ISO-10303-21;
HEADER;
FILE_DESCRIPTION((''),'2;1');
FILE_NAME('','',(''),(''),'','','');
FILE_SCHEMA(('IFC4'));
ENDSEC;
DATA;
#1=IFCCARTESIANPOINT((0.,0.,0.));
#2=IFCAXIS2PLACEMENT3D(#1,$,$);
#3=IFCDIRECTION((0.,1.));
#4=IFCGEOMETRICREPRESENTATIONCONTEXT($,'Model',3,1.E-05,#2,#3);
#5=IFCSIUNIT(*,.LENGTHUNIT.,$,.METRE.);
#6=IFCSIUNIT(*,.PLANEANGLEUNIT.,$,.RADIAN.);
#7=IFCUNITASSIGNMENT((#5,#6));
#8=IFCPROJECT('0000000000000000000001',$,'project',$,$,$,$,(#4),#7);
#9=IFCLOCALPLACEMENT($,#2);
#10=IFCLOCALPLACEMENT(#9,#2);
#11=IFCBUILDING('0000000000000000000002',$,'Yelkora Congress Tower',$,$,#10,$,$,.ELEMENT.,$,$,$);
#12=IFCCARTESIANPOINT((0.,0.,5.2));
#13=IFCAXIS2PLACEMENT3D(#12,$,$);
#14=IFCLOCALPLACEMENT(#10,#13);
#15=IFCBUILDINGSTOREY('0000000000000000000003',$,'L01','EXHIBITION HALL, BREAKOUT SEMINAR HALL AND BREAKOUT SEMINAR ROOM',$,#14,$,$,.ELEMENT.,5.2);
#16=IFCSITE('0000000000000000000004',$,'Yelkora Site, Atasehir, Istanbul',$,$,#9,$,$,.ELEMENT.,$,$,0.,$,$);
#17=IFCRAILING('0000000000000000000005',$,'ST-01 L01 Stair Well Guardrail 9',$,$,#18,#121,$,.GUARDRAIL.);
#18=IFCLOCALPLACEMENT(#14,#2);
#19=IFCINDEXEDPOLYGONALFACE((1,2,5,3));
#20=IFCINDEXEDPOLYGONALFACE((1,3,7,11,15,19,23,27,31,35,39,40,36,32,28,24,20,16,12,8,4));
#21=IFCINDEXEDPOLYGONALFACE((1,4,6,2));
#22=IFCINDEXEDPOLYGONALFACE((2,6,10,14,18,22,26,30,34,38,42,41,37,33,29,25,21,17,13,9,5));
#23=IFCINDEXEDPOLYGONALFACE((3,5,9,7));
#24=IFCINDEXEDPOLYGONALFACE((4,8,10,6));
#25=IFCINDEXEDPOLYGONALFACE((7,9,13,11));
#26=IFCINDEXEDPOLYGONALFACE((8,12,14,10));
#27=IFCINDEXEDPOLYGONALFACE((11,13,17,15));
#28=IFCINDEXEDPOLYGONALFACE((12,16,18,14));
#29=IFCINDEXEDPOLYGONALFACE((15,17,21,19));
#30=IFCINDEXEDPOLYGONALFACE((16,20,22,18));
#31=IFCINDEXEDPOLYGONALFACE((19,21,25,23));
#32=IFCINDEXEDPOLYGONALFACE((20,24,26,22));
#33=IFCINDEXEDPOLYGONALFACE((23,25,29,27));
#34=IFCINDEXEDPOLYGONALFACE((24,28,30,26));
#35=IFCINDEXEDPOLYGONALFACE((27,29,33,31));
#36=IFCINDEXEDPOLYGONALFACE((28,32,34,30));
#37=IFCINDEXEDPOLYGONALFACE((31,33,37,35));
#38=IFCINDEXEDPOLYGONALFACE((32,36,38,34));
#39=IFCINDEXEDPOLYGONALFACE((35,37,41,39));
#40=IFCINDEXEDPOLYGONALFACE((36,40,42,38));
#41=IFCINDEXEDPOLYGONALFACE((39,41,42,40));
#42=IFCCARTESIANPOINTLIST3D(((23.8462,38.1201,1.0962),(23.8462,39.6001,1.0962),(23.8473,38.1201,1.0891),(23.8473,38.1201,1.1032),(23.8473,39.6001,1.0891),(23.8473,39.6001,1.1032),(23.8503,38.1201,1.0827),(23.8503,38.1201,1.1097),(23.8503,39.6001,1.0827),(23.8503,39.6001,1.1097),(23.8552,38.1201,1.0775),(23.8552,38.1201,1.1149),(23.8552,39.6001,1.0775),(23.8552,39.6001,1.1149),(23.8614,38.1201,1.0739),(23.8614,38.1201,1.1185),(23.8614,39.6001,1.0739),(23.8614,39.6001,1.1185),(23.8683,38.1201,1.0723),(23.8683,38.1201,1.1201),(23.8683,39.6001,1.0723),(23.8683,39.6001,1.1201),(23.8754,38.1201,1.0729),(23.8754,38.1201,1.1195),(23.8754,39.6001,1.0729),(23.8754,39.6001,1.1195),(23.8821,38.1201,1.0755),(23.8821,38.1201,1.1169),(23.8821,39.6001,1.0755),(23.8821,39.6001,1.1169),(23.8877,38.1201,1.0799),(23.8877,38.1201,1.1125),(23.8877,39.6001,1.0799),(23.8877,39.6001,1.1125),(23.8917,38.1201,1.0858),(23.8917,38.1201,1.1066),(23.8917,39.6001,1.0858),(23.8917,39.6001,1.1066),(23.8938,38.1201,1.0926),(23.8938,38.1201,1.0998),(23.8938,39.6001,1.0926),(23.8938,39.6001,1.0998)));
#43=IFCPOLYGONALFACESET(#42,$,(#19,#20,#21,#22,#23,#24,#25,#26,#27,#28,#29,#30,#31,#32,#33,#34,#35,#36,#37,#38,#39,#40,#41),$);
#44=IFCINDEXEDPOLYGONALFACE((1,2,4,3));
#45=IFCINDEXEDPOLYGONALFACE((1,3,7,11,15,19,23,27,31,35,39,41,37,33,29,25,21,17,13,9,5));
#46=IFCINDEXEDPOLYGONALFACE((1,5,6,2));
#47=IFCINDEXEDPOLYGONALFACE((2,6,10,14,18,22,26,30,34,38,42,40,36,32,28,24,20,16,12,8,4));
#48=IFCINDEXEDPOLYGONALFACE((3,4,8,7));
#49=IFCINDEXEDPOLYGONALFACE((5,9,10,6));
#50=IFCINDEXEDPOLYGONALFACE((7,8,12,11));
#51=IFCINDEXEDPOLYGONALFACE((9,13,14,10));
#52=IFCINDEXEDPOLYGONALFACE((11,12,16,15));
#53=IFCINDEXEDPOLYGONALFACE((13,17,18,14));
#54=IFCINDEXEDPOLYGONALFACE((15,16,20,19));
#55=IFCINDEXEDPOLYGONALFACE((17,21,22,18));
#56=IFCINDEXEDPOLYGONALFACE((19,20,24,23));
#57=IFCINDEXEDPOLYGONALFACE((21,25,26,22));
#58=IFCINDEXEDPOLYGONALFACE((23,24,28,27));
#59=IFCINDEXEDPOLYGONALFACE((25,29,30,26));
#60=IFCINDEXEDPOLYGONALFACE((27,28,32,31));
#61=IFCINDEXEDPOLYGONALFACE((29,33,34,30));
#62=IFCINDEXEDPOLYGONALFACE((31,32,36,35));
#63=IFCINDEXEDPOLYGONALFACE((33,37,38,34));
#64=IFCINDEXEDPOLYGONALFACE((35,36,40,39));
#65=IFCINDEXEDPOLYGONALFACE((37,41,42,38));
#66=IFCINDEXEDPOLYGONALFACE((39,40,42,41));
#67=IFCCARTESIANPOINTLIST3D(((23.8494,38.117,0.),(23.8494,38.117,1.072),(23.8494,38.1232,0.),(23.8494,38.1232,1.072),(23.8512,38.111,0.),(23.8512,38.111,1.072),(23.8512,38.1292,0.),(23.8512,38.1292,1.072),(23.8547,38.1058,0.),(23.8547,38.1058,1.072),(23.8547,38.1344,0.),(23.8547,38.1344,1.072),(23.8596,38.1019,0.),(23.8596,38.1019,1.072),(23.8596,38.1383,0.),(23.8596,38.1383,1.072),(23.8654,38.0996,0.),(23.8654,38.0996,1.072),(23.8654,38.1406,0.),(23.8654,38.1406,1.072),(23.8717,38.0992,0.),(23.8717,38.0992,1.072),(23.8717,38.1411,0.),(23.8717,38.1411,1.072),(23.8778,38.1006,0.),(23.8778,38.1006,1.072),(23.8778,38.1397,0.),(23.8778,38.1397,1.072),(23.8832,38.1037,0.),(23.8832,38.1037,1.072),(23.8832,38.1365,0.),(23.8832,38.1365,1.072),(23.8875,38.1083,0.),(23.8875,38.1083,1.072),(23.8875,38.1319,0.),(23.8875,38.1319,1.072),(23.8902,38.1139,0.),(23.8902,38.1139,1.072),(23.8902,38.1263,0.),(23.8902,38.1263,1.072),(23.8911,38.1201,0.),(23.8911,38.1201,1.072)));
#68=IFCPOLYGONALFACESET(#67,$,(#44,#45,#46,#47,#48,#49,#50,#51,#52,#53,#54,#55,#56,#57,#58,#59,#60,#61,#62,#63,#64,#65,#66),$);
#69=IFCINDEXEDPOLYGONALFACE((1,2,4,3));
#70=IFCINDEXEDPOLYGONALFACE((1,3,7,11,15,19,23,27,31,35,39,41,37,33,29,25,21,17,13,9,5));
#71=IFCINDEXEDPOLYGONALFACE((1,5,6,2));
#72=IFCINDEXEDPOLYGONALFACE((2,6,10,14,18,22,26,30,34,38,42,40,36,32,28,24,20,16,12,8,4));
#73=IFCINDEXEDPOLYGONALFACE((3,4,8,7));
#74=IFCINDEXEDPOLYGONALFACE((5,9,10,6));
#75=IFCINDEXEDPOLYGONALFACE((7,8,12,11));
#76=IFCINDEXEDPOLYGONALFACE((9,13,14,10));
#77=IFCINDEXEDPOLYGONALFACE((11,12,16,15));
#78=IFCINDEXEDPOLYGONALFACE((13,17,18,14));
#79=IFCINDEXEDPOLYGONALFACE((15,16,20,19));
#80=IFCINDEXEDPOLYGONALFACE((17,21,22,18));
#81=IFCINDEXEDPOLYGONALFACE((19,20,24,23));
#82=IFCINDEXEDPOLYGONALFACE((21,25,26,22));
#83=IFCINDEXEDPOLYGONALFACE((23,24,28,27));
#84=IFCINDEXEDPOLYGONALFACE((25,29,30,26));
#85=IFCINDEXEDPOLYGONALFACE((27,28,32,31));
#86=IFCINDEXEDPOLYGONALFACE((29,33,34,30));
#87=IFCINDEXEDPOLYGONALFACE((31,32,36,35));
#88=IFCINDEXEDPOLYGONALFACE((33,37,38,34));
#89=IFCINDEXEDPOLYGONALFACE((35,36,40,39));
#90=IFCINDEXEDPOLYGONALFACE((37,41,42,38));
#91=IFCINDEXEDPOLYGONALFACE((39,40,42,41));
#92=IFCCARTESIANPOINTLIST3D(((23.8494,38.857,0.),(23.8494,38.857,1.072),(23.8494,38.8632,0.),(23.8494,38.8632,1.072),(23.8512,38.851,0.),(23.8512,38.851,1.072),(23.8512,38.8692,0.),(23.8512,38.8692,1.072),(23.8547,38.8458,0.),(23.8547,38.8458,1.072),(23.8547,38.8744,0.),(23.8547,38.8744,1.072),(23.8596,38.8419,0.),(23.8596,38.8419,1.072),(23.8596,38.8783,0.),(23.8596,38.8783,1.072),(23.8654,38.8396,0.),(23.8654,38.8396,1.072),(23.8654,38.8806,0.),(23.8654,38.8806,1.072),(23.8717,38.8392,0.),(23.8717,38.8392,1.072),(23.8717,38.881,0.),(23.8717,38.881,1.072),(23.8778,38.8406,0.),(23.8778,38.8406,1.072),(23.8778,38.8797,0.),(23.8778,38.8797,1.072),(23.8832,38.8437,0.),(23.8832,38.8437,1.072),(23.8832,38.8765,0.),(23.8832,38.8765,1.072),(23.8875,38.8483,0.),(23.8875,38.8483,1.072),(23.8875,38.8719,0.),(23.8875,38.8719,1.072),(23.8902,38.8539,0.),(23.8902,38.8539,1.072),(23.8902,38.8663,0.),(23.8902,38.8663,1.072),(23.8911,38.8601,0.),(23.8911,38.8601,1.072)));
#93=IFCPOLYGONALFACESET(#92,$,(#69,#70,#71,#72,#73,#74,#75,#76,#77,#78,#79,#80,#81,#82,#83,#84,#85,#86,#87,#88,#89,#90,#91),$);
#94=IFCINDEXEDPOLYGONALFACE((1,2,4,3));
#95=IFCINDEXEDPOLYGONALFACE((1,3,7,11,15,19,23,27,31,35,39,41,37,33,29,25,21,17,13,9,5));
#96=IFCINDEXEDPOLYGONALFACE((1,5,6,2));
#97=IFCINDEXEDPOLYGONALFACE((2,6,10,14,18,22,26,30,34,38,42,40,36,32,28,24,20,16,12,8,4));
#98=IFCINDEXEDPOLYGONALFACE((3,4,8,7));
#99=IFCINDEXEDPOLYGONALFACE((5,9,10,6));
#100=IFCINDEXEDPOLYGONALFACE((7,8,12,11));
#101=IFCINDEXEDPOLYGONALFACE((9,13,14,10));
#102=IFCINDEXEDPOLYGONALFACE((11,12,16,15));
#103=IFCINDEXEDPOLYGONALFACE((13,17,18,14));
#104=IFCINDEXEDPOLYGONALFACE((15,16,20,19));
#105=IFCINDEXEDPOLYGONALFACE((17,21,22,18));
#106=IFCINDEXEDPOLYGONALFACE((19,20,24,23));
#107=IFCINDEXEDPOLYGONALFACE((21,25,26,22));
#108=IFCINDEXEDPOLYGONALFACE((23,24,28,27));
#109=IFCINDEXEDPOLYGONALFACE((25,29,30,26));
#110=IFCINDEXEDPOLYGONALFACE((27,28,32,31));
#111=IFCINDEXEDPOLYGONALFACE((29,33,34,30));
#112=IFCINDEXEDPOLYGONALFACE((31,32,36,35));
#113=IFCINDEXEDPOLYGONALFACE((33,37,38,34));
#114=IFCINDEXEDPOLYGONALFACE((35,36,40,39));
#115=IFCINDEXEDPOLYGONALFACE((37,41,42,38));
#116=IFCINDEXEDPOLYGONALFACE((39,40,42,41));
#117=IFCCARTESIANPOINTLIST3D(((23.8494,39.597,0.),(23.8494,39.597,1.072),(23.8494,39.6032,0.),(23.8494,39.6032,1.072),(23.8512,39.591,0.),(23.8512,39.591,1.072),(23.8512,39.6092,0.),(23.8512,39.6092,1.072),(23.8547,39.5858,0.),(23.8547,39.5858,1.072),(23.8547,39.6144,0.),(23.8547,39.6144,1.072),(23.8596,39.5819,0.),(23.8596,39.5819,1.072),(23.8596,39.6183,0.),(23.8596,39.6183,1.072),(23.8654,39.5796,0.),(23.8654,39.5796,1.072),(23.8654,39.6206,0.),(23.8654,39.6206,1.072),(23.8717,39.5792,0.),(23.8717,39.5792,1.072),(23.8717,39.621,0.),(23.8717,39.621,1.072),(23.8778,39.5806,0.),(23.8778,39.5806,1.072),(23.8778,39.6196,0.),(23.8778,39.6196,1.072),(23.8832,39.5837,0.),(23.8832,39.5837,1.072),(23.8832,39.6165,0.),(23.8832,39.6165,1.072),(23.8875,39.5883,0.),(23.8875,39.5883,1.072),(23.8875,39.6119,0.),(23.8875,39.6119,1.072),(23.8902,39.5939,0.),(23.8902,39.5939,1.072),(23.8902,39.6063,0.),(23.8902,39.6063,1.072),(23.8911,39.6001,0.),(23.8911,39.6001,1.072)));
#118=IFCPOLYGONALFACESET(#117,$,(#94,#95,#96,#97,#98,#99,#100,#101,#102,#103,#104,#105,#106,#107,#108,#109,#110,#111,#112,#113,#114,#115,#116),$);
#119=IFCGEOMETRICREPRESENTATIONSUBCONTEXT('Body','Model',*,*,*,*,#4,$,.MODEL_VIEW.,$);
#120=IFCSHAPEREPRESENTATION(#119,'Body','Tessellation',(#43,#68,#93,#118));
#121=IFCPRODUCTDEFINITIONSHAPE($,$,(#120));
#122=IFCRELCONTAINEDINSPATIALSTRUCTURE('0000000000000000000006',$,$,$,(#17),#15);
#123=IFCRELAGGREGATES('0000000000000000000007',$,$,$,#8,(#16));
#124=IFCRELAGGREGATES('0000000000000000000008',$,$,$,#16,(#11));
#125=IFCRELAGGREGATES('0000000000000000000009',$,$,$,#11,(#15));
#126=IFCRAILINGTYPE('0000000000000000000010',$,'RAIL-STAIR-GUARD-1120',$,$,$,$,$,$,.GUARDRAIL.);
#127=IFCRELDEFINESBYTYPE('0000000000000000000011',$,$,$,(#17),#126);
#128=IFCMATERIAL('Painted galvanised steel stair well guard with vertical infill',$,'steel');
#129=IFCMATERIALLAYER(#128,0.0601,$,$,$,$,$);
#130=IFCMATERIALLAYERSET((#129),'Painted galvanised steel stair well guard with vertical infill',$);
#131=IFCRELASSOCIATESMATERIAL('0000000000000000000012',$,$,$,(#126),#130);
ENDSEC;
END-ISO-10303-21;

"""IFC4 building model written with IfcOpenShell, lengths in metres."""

from ifc_helpers import new_model, si_unit, direction, frame, origin, origin_2d, place, context, subcontext, project, spatial, circle, extrude, material, layer, layer_set, type_object, element, save


model = new_model("IFC4")

# Units and contexts
model_context = context("Model", 3, precision=1e-05, world=origin(), true_north=direction((0.0, 1.0)))
body_context = subcontext(model_context, "Body", "Model", "MODEL_VIEW")
ifc_project = project(units=[si_unit("LENGTHUNIT", "METRE"), si_unit("PLANEANGLEUNIT", "RADIAN")], contexts=[model_context])

# Site, building, storey
site_placement = place(None, origin())
site = spatial("IfcSite", under=ifc_project, at=site_placement, Name="Yelkora Site, Atasehir, Istanbul", CompositionType="ELEMENT", RefElevation=0.0)
building_placement = place(site_placement, origin())
building = spatial("IfcBuilding", under=site, at=building_placement, Name="Yelkora Congress Tower", CompositionType="ELEMENT")
storey_placement = place(building_placement, frame((0.0, 0.0, 5.2)))
storey = spatial("IfcBuildingStorey", under=building, at=storey_placement, Name="L01", Description="EXHIBITION HALL, BREAKOUT SEMINAR HALL AND BREAKOUT SEMINAR ROOM", CompositionType="ELEMENT", Elevation=5.2)

# Railing
ifc_material_1 = material(Name="Painted galvanised steel stair well guard with vertical infill", Category="steel")
ifc_layer_1 = layer(ifc_material_1, 0.0601)
ifc_layer_set_1 = layer_set([ifc_layer_1], Name="Painted galvanised steel stair well guard with vertical infill")
railing_type = type_object("IfcRailingType", Name="RAIL-STAIR-GUARD-1120", PredefinedType="GUARDRAIL", material=ifc_layer_set_1)
for number, where, name in (
    (1, (23.8701, 38.1201, 0.0), "ST-01 L01 Stair Well Guardrail 9"),
):
    element("IfcRailing", number, at=place(storey_placement, frame(where)), inside=storey, type_object=railing_type, Name=name, PredefinedType="GUARDRAIL", context=body_context, shape_type="SweptSolid", body=[
        extrude(circle(Radius=0.0239, at=origin_2d()), frame((0.0, 0.0, 1.0962), z_axis=(0.0, 1.0, 0.0), x_axis=(-1.0, 0.0, 0.0)), (0.0, 0.0, 1.0), 1.48),
        extrude(circle(Radius=0.021, at=origin_2d()), origin(), (0.0, 0.0, 1.0), 1.072),
        extrude(circle(Radius=0.021, at=origin_2d()), frame((0.0, 0.74, 0.0)), (0.0, 0.0, 1.0), 1.072),
        extrude(circle(Radius=0.021, at=origin_2d()), frame((0.0, 1.48, 0.0)), (0.0, 0.0, 1.0), 1.072),
    ])

save(model, "model.ifc")
